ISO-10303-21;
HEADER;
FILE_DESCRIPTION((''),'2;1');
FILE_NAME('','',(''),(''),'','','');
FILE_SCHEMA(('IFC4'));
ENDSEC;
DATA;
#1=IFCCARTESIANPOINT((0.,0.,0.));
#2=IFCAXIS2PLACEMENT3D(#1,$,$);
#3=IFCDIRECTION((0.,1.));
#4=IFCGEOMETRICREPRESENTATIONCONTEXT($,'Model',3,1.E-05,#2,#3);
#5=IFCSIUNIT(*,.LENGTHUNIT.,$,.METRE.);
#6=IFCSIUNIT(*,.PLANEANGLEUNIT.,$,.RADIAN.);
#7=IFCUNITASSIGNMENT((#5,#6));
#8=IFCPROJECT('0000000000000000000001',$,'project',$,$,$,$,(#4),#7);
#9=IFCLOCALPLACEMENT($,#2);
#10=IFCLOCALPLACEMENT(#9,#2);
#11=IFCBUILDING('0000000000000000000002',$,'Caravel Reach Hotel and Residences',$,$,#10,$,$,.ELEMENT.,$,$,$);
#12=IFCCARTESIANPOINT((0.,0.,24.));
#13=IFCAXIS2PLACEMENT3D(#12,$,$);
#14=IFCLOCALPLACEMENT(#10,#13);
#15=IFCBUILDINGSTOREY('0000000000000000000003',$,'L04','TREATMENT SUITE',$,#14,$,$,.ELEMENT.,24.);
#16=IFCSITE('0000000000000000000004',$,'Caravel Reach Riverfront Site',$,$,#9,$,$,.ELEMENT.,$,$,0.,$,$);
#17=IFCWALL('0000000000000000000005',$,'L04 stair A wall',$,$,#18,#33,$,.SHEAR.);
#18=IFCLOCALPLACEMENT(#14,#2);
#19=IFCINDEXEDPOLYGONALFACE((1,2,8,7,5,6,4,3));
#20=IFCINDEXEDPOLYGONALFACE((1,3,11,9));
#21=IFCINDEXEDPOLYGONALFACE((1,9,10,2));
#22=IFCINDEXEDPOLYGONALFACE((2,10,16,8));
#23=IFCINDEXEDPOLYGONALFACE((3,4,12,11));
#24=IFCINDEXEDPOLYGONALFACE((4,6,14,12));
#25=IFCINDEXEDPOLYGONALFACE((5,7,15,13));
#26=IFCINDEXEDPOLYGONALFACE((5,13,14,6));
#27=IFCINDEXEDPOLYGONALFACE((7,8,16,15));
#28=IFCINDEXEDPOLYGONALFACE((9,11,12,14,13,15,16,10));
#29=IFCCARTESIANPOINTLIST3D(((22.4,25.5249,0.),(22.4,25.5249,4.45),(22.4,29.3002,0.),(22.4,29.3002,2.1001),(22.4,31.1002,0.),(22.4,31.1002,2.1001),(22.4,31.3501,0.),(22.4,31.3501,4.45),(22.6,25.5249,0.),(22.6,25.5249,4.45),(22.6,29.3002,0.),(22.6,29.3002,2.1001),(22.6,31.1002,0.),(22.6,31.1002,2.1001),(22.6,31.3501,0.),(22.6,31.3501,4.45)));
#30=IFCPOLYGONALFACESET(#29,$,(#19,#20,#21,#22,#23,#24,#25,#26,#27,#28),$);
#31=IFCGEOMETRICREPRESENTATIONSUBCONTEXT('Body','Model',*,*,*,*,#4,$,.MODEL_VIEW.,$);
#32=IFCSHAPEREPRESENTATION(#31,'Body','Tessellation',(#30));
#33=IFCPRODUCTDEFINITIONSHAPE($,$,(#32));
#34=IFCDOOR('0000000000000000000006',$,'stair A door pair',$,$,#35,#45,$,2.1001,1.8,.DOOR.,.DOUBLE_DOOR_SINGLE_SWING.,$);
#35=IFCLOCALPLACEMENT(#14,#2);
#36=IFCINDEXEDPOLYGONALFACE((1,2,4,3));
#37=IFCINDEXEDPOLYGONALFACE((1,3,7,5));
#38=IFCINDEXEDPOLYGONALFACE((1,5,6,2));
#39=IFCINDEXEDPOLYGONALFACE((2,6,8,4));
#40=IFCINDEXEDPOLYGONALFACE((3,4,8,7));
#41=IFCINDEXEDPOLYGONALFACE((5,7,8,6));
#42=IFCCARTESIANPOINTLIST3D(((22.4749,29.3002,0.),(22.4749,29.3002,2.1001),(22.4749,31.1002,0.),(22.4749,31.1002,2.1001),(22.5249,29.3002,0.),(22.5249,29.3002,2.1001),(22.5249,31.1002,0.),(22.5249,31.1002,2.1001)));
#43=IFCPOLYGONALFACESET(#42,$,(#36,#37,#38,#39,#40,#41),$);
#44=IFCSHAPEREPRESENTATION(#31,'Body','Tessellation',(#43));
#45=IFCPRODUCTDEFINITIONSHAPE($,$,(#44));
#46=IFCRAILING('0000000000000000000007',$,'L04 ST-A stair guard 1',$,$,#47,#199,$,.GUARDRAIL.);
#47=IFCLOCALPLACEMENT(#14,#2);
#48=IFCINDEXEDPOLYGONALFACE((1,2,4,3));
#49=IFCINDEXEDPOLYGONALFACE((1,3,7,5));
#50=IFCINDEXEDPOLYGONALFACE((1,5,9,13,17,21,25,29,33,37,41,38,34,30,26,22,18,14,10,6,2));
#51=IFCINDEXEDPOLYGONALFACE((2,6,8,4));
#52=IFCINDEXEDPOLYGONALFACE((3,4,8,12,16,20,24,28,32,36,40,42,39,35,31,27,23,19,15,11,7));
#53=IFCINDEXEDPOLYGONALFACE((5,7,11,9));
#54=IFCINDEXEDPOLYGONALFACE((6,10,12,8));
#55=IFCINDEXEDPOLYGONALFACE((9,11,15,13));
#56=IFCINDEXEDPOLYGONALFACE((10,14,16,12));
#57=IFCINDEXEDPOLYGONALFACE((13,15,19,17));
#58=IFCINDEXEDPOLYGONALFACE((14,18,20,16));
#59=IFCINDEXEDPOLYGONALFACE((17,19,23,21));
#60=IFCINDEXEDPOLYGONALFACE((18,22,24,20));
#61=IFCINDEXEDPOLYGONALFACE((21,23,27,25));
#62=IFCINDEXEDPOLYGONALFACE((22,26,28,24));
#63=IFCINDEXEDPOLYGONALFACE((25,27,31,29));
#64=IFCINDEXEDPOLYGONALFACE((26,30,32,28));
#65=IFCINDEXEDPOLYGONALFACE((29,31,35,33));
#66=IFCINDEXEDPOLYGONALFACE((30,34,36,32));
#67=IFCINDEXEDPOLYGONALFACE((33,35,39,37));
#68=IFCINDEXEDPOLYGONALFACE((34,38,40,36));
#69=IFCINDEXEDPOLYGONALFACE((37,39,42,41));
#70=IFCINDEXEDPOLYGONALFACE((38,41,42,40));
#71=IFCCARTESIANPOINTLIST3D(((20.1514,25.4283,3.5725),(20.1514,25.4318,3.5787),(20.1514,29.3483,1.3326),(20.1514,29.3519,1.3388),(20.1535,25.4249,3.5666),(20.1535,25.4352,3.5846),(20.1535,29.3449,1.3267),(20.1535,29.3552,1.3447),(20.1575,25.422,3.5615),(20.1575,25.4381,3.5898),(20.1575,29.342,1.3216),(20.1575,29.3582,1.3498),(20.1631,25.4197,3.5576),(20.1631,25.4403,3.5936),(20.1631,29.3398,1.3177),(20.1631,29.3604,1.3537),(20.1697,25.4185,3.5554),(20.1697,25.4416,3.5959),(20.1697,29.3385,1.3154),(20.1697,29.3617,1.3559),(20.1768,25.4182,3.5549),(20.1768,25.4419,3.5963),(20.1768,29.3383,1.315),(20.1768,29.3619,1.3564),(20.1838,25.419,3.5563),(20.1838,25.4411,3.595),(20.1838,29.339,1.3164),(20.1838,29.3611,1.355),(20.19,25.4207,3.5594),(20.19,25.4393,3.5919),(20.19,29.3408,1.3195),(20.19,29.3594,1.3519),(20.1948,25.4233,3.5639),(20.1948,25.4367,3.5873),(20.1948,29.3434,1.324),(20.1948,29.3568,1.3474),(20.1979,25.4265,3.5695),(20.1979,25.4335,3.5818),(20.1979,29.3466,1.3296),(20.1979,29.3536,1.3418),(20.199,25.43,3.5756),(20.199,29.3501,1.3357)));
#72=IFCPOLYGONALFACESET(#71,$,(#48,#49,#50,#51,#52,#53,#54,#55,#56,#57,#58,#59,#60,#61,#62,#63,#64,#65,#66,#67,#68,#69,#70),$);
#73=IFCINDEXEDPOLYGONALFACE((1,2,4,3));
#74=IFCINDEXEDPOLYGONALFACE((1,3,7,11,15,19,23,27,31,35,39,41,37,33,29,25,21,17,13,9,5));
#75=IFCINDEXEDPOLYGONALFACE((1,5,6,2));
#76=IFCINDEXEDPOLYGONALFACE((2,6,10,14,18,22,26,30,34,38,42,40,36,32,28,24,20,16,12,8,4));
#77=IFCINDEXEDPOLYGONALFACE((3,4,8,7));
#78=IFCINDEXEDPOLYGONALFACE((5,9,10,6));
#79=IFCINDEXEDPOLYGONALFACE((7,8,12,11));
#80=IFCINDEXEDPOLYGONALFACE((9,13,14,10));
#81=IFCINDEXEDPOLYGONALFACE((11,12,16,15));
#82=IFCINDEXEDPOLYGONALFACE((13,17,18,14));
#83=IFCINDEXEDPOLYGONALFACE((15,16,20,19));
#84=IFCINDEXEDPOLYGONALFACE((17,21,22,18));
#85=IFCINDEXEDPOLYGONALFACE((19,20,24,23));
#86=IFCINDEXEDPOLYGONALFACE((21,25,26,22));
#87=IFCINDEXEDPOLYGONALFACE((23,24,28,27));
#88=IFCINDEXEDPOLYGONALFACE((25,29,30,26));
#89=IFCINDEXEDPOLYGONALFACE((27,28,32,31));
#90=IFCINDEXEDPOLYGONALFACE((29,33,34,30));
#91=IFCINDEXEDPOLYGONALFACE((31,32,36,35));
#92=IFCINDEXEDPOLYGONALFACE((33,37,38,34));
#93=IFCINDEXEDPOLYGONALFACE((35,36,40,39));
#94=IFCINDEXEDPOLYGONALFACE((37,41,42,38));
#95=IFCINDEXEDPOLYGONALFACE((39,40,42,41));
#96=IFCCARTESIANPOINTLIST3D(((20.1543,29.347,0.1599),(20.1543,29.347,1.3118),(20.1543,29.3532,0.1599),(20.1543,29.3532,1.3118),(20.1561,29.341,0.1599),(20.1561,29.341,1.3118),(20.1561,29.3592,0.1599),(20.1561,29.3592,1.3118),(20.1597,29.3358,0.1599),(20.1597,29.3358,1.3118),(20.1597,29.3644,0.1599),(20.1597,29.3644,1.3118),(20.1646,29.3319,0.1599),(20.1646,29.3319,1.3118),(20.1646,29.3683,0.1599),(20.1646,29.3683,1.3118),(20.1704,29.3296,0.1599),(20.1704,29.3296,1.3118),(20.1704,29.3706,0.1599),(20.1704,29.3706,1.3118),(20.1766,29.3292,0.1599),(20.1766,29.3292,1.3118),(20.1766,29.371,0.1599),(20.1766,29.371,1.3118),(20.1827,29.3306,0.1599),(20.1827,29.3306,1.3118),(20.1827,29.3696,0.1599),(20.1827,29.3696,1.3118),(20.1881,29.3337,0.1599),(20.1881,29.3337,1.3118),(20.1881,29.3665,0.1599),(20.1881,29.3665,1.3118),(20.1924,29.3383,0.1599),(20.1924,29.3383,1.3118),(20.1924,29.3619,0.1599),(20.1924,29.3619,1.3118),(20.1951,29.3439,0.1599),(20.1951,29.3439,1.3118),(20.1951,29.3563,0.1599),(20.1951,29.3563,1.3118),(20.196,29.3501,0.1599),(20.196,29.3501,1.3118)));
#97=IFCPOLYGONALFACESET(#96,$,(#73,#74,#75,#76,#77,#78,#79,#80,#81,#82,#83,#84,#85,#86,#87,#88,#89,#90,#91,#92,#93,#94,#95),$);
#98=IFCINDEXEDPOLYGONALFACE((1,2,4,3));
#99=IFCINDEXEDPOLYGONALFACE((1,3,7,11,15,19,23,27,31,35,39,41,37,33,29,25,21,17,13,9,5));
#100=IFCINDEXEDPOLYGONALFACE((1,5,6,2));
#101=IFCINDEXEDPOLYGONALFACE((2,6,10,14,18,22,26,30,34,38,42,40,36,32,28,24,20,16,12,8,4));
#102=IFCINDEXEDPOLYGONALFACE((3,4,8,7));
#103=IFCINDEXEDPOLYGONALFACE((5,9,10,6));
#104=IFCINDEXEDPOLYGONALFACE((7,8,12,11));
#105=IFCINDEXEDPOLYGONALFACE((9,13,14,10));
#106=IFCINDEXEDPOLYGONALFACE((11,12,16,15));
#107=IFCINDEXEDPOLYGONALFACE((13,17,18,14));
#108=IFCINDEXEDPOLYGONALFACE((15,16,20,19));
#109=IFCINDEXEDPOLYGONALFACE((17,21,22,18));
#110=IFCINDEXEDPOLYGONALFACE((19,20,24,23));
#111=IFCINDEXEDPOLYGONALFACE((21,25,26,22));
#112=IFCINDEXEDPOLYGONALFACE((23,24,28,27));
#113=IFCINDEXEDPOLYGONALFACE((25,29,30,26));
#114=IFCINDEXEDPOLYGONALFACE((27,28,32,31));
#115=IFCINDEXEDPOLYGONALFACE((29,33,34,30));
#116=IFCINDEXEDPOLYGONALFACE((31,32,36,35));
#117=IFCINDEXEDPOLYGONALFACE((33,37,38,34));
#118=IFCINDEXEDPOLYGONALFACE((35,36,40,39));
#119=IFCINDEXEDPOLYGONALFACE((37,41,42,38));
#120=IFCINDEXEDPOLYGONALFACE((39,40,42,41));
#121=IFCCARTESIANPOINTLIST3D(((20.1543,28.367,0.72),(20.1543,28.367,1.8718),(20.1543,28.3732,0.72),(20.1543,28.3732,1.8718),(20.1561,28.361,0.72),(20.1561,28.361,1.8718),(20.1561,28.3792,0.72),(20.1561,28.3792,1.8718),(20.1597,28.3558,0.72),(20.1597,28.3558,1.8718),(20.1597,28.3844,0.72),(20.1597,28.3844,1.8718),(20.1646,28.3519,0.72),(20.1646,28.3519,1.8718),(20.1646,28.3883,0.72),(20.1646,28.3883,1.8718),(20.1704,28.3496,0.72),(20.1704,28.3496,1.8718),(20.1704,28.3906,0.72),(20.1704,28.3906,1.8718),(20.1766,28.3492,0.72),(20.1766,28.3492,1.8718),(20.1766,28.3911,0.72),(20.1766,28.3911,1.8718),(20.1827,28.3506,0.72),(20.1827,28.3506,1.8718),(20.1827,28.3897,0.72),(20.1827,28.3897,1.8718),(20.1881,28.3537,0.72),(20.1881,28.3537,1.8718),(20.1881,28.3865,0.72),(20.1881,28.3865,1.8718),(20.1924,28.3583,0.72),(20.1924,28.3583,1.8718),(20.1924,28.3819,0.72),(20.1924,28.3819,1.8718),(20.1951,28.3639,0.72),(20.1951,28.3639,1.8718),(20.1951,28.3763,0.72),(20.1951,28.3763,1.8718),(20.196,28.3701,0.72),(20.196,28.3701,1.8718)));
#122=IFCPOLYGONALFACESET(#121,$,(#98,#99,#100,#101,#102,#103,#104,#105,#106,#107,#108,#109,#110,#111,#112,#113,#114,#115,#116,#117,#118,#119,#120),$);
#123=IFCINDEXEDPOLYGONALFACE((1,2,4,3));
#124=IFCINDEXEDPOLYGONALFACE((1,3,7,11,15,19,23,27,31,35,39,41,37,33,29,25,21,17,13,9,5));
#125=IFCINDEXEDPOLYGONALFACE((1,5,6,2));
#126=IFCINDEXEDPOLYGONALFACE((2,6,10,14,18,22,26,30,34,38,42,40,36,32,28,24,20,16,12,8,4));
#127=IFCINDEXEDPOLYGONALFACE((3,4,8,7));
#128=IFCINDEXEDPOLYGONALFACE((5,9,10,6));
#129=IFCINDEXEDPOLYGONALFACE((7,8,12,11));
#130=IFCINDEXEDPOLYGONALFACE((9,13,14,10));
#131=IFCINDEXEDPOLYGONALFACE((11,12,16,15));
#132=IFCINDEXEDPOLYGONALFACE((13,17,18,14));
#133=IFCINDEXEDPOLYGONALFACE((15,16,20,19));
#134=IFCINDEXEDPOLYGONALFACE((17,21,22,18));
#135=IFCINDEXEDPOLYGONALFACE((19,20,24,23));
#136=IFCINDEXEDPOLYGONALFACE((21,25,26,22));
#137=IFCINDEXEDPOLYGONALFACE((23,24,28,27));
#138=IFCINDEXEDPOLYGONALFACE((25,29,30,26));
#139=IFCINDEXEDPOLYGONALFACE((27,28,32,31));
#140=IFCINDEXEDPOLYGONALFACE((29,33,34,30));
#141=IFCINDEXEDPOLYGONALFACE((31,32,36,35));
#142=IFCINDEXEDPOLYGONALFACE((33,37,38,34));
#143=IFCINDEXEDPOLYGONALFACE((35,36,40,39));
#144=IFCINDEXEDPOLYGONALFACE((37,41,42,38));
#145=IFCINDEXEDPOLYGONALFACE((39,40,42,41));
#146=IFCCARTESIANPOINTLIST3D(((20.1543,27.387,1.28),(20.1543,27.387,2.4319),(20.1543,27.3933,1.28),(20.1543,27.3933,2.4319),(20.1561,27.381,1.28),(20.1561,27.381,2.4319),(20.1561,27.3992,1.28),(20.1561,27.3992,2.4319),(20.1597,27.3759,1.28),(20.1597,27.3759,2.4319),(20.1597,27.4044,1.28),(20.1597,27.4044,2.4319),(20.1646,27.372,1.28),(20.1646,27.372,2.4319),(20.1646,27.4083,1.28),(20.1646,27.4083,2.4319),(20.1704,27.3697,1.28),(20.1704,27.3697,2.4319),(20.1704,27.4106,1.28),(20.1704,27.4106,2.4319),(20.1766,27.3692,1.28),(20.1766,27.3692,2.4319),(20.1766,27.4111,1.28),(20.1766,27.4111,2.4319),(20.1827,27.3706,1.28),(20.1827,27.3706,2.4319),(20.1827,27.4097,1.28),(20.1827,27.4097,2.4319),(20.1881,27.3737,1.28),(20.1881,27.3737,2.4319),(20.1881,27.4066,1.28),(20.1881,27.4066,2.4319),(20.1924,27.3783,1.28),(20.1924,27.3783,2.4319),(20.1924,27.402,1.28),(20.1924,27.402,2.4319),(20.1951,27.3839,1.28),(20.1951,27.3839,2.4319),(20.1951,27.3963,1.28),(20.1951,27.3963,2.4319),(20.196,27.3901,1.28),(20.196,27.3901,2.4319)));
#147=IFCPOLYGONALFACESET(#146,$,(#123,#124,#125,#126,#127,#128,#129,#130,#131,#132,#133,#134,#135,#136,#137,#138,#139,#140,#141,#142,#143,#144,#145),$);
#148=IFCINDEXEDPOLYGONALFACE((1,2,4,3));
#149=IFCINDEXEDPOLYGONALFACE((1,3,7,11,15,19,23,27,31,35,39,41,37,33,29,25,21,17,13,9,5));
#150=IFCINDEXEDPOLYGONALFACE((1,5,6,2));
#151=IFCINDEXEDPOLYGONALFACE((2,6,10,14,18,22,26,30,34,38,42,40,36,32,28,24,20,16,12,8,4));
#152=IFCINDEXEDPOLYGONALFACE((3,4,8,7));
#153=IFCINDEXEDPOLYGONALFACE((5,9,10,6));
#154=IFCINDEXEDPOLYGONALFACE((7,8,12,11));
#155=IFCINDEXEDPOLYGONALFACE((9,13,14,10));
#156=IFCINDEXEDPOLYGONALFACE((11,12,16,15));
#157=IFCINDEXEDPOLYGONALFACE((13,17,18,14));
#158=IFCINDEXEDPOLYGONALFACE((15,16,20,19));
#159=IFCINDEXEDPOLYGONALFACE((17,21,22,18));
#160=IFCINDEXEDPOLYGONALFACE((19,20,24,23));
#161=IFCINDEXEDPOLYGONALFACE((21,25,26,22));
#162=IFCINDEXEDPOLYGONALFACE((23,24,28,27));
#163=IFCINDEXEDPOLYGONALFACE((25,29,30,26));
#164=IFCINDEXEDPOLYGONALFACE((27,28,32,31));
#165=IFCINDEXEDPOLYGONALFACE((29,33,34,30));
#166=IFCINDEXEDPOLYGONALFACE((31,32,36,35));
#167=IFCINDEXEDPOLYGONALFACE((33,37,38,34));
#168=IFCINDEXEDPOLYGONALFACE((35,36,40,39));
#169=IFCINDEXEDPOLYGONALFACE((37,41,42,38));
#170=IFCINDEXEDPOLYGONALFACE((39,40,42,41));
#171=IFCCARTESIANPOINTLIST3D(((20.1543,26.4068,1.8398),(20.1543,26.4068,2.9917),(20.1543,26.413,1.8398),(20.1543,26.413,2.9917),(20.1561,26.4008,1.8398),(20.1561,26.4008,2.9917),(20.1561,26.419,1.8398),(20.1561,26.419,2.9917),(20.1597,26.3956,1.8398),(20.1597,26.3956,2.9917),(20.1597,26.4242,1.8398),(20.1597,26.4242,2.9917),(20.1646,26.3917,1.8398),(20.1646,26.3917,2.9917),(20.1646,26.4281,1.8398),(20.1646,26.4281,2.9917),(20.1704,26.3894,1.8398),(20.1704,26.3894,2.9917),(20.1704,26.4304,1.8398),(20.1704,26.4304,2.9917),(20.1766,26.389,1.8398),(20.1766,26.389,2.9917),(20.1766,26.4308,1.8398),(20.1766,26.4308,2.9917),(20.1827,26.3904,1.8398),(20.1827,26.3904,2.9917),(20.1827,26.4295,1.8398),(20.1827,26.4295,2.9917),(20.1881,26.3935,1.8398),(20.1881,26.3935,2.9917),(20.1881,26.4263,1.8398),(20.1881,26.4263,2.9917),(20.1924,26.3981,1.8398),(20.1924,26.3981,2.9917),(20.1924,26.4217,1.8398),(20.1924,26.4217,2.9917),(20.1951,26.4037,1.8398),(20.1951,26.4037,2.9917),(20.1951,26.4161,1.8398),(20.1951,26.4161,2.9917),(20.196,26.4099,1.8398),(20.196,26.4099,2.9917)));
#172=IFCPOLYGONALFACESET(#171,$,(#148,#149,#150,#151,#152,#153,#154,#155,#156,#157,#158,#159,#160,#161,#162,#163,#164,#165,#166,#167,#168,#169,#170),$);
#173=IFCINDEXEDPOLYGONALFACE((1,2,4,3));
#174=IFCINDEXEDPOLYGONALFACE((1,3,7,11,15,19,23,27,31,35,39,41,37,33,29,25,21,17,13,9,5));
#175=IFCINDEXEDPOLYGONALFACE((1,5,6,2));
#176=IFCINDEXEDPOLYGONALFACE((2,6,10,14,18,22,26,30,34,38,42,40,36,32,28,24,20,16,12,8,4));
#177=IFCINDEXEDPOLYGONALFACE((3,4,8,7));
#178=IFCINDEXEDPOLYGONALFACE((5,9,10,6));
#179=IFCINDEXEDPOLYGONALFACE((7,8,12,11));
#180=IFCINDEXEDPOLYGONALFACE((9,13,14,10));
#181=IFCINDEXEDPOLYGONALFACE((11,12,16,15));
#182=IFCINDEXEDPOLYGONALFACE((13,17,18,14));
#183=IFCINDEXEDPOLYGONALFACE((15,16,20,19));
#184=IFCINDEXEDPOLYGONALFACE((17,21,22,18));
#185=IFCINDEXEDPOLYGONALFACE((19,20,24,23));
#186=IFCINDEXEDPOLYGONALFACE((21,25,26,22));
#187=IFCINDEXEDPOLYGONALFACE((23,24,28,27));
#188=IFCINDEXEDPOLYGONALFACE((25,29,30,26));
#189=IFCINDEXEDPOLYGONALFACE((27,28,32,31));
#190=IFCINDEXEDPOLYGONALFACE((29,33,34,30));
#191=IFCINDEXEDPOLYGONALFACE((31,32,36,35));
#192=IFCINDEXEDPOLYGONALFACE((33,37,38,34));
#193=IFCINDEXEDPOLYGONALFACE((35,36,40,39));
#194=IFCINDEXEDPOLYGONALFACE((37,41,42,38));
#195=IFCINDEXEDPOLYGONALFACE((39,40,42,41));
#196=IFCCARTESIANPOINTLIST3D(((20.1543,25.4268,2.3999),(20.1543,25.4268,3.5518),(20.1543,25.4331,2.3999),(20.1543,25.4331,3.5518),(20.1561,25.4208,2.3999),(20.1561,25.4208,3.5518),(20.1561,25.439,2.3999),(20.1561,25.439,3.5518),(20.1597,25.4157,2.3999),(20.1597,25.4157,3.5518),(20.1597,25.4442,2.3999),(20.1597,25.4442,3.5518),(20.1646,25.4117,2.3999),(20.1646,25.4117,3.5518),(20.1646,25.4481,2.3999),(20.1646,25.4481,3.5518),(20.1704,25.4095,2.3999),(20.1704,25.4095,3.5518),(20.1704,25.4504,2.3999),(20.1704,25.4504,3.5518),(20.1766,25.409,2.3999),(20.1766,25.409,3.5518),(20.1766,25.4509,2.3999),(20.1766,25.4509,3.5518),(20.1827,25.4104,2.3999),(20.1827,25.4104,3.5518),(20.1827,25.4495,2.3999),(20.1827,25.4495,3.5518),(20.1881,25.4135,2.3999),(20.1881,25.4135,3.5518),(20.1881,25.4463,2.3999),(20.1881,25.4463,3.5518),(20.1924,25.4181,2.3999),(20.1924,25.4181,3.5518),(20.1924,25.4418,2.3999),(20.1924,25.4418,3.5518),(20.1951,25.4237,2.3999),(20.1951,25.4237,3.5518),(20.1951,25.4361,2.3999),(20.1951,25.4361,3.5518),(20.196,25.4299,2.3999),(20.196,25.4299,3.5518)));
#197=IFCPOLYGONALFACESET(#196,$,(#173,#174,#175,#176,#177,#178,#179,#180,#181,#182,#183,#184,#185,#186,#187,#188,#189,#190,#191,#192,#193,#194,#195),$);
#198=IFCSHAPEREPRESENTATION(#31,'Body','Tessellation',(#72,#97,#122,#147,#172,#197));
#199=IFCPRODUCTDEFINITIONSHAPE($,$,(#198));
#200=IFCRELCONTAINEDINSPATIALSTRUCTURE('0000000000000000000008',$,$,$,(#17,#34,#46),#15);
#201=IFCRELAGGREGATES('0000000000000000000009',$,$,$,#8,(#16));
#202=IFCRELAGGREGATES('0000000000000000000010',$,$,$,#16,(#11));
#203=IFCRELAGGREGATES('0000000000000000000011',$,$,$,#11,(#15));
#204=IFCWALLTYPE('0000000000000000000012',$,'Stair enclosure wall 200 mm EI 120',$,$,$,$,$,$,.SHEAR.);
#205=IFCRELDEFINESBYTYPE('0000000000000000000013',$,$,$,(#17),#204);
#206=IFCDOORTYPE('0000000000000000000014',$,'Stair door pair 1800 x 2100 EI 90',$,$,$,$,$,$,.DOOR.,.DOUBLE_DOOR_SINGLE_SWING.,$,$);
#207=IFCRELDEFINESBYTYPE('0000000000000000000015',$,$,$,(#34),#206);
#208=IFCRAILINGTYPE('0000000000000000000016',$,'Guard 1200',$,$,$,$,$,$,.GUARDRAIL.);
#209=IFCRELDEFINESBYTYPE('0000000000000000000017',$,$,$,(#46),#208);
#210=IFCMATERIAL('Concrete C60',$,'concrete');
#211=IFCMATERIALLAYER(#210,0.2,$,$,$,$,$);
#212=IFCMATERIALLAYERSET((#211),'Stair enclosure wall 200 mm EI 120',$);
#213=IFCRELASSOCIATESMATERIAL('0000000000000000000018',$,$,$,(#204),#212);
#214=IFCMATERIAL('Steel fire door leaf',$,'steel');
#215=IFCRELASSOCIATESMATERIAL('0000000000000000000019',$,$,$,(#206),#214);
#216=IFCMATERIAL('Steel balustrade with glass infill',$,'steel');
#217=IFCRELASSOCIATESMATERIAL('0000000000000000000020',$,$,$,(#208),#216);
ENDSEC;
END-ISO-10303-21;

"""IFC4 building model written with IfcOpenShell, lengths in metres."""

from ifc_helpers import new_model, si_unit, direction, frame, frame_2d, origin, origin_2d, place, context, subcontext, project, spatial, rectangle, circle, extrude, material, layer, layer_set, type_object, element, fill, save


model = new_model("IFC4")

# Units and contexts
model_context = context("Model", 3, precision=1e-05, world=origin(), true_north=direction((0.0, 1.0)))
body_context = subcontext(model_context, "Body", "Model", "MODEL_VIEW")
ifc_project = project(units=[si_unit("LENGTHUNIT", "METRE"), si_unit("PLANEANGLEUNIT", "RADIAN")], contexts=[model_context])

# Site, building, storey
site_placement = place(None, origin())
site = spatial("IfcSite", under=ifc_project, at=site_placement, Name="Caravel Reach Riverfront Site", CompositionType="ELEMENT", RefElevation=0.0)
building_placement = place(site_placement, origin())
building = spatial("IfcBuilding", under=site, at=building_placement, Name="Caravel Reach Hotel and Residences", CompositionType="ELEMENT")
storey_placement = place(building_placement, frame((0.0, 0.0, 24.0)))
storey = spatial("IfcBuildingStorey", under=building, at=storey_placement, Name="L04", Description="TREATMENT SUITE", CompositionType="ELEMENT", Elevation=24.0)

# Wall, opening, door
ifc_material_1 = material(Name="Concrete C60", Category="concrete")
ifc_layer_1 = layer(ifc_material_1, 0.2)
ifc_layer_set_1 = layer_set([ifc_layer_1], Name="Stair enclosure wall 200 mm EI 120")
wall_type_1 = type_object("IfcWallType", Name="Stair enclosure wall 200 mm EI 120", PredefinedType="SHEAR", material=ifc_layer_set_1)
wall_1_placement = place(storey_placement, frame((22.5, 31.3501, 0.0), z_axis=(0.0, 0.0, 1.0), x_axis=(0.0, -1.0, 0.0)))
wall_1 = element("IfcWall", 1, at=wall_1_placement, inside=storey, type_object=wall_type_1, Name="L04 stair A wall", PredefinedType="SHEAR", context=body_context, shape_type="SweptSolid", body=[
    extrude(rectangle(XDim=5.8252, YDim=0.2, at=frame_2d((2.9126, 0.0))), origin(), (0.0, 0.0, 1.0), 4.45),
])
opening_1_placement = place(wall_1_placement, frame((0.25, 0.0, 0.0)))
opening_1 = element("IfcOpeningElement", 2, at=opening_1_placement, cuts=wall_1, PredefinedType="OPENING", context=body_context, shape_type="SweptSolid", body=[
    extrude(rectangle(XDim=1.8, YDim=2.1001, at=frame_2d((0.8999, 1.05))), frame((0.0, 0.1099, 0.0), z_axis=(0.0, -1.0, 0.0), x_axis=(1.0, 0.0, 0.0)), (0.0, 0.0, 1.0), 0.22),
])
ifc_material_2 = material(Name="Steel fire door leaf", Category="steel")
door_type_1 = type_object("IfcDoorType", Name="Stair door pair 1800 x 2100 EI 90", OperationType="DOUBLE_DOOR_SINGLE_SWING", PredefinedType="DOOR", material=ifc_material_2)
door_1_placement = place(opening_1_placement, origin())
door_1 = element("IfcDoor", 3, at=door_1_placement, inside=storey, type_object=door_type_1, Name="stair A door pair", OperationType="DOUBLE_DOOR_SINGLE_SWING", OverallHeight=2.1001, OverallWidth=1.8, PredefinedType="DOOR", context=body_context, shape_type="SweptSolid", body=[
    extrude(rectangle(XDim=1.8, YDim=2.1001, at=frame_2d((0.8999, 1.05))), frame((0.0, 0.0249, 0.0), z_axis=(0.0, -1.0, 0.0), x_axis=(1.0, 0.0, 0.0)), (0.0, 0.0, 1.0), 0.05),
])
fill(opening_1, door_1)

# Railing
ifc_material_3 = material(Name="Steel balustrade with glass infill", Category="steel")
railing_type_1 = type_object("IfcRailingType", Name="Guard 1200", PredefinedType="GUARDRAIL", material=ifc_material_3)
railing_1_placement = place(storey_placement, frame((20.175, 29.3501, 0.1599)))
element("IfcRailing", 4, at=railing_1_placement, inside=storey, type_object=railing_type_1, Name="L04 ST-A stair guard 1", PredefinedType="GUARDRAIL", context=body_context, shape_type="SweptSolid", body=[
    extrude(circle(Radius=0.0239, at=origin_2d()), frame((0.0, 0.0, 1.1758), z_axis=(0.0, -0.868253, 0.496121), x_axis=(1.0, 0.0, 0.0)), (0.0, 0.0, 1.0), 4.5149),
    extrude(circle(Radius=0.021, at=origin_2d()), origin(), (0.0, 0.0, 1.0), 1.1519),
    extrude(circle(Radius=0.021, at=origin_2d()), frame((0.0, -0.98, 0.5601)), (0.0, 0.0, 1.0), 1.1519),
    extrude(circle(Radius=0.021, at=origin_2d()), frame((0.0, -1.96, 1.1201)), (0.0, 0.0, 1.0), 1.1519),
    extrude(circle(Radius=0.021, at=origin_2d()), frame((0.0, -2.9402, 1.6799)), (0.0, 0.0, 1.0), 1.1519),
    extrude(circle(Radius=0.021, at=origin_2d()), frame((0.0, -3.9202, 2.24)), (0.0, 0.0, 1.0), 1.1519),
])

save(model, "model.ifc")
